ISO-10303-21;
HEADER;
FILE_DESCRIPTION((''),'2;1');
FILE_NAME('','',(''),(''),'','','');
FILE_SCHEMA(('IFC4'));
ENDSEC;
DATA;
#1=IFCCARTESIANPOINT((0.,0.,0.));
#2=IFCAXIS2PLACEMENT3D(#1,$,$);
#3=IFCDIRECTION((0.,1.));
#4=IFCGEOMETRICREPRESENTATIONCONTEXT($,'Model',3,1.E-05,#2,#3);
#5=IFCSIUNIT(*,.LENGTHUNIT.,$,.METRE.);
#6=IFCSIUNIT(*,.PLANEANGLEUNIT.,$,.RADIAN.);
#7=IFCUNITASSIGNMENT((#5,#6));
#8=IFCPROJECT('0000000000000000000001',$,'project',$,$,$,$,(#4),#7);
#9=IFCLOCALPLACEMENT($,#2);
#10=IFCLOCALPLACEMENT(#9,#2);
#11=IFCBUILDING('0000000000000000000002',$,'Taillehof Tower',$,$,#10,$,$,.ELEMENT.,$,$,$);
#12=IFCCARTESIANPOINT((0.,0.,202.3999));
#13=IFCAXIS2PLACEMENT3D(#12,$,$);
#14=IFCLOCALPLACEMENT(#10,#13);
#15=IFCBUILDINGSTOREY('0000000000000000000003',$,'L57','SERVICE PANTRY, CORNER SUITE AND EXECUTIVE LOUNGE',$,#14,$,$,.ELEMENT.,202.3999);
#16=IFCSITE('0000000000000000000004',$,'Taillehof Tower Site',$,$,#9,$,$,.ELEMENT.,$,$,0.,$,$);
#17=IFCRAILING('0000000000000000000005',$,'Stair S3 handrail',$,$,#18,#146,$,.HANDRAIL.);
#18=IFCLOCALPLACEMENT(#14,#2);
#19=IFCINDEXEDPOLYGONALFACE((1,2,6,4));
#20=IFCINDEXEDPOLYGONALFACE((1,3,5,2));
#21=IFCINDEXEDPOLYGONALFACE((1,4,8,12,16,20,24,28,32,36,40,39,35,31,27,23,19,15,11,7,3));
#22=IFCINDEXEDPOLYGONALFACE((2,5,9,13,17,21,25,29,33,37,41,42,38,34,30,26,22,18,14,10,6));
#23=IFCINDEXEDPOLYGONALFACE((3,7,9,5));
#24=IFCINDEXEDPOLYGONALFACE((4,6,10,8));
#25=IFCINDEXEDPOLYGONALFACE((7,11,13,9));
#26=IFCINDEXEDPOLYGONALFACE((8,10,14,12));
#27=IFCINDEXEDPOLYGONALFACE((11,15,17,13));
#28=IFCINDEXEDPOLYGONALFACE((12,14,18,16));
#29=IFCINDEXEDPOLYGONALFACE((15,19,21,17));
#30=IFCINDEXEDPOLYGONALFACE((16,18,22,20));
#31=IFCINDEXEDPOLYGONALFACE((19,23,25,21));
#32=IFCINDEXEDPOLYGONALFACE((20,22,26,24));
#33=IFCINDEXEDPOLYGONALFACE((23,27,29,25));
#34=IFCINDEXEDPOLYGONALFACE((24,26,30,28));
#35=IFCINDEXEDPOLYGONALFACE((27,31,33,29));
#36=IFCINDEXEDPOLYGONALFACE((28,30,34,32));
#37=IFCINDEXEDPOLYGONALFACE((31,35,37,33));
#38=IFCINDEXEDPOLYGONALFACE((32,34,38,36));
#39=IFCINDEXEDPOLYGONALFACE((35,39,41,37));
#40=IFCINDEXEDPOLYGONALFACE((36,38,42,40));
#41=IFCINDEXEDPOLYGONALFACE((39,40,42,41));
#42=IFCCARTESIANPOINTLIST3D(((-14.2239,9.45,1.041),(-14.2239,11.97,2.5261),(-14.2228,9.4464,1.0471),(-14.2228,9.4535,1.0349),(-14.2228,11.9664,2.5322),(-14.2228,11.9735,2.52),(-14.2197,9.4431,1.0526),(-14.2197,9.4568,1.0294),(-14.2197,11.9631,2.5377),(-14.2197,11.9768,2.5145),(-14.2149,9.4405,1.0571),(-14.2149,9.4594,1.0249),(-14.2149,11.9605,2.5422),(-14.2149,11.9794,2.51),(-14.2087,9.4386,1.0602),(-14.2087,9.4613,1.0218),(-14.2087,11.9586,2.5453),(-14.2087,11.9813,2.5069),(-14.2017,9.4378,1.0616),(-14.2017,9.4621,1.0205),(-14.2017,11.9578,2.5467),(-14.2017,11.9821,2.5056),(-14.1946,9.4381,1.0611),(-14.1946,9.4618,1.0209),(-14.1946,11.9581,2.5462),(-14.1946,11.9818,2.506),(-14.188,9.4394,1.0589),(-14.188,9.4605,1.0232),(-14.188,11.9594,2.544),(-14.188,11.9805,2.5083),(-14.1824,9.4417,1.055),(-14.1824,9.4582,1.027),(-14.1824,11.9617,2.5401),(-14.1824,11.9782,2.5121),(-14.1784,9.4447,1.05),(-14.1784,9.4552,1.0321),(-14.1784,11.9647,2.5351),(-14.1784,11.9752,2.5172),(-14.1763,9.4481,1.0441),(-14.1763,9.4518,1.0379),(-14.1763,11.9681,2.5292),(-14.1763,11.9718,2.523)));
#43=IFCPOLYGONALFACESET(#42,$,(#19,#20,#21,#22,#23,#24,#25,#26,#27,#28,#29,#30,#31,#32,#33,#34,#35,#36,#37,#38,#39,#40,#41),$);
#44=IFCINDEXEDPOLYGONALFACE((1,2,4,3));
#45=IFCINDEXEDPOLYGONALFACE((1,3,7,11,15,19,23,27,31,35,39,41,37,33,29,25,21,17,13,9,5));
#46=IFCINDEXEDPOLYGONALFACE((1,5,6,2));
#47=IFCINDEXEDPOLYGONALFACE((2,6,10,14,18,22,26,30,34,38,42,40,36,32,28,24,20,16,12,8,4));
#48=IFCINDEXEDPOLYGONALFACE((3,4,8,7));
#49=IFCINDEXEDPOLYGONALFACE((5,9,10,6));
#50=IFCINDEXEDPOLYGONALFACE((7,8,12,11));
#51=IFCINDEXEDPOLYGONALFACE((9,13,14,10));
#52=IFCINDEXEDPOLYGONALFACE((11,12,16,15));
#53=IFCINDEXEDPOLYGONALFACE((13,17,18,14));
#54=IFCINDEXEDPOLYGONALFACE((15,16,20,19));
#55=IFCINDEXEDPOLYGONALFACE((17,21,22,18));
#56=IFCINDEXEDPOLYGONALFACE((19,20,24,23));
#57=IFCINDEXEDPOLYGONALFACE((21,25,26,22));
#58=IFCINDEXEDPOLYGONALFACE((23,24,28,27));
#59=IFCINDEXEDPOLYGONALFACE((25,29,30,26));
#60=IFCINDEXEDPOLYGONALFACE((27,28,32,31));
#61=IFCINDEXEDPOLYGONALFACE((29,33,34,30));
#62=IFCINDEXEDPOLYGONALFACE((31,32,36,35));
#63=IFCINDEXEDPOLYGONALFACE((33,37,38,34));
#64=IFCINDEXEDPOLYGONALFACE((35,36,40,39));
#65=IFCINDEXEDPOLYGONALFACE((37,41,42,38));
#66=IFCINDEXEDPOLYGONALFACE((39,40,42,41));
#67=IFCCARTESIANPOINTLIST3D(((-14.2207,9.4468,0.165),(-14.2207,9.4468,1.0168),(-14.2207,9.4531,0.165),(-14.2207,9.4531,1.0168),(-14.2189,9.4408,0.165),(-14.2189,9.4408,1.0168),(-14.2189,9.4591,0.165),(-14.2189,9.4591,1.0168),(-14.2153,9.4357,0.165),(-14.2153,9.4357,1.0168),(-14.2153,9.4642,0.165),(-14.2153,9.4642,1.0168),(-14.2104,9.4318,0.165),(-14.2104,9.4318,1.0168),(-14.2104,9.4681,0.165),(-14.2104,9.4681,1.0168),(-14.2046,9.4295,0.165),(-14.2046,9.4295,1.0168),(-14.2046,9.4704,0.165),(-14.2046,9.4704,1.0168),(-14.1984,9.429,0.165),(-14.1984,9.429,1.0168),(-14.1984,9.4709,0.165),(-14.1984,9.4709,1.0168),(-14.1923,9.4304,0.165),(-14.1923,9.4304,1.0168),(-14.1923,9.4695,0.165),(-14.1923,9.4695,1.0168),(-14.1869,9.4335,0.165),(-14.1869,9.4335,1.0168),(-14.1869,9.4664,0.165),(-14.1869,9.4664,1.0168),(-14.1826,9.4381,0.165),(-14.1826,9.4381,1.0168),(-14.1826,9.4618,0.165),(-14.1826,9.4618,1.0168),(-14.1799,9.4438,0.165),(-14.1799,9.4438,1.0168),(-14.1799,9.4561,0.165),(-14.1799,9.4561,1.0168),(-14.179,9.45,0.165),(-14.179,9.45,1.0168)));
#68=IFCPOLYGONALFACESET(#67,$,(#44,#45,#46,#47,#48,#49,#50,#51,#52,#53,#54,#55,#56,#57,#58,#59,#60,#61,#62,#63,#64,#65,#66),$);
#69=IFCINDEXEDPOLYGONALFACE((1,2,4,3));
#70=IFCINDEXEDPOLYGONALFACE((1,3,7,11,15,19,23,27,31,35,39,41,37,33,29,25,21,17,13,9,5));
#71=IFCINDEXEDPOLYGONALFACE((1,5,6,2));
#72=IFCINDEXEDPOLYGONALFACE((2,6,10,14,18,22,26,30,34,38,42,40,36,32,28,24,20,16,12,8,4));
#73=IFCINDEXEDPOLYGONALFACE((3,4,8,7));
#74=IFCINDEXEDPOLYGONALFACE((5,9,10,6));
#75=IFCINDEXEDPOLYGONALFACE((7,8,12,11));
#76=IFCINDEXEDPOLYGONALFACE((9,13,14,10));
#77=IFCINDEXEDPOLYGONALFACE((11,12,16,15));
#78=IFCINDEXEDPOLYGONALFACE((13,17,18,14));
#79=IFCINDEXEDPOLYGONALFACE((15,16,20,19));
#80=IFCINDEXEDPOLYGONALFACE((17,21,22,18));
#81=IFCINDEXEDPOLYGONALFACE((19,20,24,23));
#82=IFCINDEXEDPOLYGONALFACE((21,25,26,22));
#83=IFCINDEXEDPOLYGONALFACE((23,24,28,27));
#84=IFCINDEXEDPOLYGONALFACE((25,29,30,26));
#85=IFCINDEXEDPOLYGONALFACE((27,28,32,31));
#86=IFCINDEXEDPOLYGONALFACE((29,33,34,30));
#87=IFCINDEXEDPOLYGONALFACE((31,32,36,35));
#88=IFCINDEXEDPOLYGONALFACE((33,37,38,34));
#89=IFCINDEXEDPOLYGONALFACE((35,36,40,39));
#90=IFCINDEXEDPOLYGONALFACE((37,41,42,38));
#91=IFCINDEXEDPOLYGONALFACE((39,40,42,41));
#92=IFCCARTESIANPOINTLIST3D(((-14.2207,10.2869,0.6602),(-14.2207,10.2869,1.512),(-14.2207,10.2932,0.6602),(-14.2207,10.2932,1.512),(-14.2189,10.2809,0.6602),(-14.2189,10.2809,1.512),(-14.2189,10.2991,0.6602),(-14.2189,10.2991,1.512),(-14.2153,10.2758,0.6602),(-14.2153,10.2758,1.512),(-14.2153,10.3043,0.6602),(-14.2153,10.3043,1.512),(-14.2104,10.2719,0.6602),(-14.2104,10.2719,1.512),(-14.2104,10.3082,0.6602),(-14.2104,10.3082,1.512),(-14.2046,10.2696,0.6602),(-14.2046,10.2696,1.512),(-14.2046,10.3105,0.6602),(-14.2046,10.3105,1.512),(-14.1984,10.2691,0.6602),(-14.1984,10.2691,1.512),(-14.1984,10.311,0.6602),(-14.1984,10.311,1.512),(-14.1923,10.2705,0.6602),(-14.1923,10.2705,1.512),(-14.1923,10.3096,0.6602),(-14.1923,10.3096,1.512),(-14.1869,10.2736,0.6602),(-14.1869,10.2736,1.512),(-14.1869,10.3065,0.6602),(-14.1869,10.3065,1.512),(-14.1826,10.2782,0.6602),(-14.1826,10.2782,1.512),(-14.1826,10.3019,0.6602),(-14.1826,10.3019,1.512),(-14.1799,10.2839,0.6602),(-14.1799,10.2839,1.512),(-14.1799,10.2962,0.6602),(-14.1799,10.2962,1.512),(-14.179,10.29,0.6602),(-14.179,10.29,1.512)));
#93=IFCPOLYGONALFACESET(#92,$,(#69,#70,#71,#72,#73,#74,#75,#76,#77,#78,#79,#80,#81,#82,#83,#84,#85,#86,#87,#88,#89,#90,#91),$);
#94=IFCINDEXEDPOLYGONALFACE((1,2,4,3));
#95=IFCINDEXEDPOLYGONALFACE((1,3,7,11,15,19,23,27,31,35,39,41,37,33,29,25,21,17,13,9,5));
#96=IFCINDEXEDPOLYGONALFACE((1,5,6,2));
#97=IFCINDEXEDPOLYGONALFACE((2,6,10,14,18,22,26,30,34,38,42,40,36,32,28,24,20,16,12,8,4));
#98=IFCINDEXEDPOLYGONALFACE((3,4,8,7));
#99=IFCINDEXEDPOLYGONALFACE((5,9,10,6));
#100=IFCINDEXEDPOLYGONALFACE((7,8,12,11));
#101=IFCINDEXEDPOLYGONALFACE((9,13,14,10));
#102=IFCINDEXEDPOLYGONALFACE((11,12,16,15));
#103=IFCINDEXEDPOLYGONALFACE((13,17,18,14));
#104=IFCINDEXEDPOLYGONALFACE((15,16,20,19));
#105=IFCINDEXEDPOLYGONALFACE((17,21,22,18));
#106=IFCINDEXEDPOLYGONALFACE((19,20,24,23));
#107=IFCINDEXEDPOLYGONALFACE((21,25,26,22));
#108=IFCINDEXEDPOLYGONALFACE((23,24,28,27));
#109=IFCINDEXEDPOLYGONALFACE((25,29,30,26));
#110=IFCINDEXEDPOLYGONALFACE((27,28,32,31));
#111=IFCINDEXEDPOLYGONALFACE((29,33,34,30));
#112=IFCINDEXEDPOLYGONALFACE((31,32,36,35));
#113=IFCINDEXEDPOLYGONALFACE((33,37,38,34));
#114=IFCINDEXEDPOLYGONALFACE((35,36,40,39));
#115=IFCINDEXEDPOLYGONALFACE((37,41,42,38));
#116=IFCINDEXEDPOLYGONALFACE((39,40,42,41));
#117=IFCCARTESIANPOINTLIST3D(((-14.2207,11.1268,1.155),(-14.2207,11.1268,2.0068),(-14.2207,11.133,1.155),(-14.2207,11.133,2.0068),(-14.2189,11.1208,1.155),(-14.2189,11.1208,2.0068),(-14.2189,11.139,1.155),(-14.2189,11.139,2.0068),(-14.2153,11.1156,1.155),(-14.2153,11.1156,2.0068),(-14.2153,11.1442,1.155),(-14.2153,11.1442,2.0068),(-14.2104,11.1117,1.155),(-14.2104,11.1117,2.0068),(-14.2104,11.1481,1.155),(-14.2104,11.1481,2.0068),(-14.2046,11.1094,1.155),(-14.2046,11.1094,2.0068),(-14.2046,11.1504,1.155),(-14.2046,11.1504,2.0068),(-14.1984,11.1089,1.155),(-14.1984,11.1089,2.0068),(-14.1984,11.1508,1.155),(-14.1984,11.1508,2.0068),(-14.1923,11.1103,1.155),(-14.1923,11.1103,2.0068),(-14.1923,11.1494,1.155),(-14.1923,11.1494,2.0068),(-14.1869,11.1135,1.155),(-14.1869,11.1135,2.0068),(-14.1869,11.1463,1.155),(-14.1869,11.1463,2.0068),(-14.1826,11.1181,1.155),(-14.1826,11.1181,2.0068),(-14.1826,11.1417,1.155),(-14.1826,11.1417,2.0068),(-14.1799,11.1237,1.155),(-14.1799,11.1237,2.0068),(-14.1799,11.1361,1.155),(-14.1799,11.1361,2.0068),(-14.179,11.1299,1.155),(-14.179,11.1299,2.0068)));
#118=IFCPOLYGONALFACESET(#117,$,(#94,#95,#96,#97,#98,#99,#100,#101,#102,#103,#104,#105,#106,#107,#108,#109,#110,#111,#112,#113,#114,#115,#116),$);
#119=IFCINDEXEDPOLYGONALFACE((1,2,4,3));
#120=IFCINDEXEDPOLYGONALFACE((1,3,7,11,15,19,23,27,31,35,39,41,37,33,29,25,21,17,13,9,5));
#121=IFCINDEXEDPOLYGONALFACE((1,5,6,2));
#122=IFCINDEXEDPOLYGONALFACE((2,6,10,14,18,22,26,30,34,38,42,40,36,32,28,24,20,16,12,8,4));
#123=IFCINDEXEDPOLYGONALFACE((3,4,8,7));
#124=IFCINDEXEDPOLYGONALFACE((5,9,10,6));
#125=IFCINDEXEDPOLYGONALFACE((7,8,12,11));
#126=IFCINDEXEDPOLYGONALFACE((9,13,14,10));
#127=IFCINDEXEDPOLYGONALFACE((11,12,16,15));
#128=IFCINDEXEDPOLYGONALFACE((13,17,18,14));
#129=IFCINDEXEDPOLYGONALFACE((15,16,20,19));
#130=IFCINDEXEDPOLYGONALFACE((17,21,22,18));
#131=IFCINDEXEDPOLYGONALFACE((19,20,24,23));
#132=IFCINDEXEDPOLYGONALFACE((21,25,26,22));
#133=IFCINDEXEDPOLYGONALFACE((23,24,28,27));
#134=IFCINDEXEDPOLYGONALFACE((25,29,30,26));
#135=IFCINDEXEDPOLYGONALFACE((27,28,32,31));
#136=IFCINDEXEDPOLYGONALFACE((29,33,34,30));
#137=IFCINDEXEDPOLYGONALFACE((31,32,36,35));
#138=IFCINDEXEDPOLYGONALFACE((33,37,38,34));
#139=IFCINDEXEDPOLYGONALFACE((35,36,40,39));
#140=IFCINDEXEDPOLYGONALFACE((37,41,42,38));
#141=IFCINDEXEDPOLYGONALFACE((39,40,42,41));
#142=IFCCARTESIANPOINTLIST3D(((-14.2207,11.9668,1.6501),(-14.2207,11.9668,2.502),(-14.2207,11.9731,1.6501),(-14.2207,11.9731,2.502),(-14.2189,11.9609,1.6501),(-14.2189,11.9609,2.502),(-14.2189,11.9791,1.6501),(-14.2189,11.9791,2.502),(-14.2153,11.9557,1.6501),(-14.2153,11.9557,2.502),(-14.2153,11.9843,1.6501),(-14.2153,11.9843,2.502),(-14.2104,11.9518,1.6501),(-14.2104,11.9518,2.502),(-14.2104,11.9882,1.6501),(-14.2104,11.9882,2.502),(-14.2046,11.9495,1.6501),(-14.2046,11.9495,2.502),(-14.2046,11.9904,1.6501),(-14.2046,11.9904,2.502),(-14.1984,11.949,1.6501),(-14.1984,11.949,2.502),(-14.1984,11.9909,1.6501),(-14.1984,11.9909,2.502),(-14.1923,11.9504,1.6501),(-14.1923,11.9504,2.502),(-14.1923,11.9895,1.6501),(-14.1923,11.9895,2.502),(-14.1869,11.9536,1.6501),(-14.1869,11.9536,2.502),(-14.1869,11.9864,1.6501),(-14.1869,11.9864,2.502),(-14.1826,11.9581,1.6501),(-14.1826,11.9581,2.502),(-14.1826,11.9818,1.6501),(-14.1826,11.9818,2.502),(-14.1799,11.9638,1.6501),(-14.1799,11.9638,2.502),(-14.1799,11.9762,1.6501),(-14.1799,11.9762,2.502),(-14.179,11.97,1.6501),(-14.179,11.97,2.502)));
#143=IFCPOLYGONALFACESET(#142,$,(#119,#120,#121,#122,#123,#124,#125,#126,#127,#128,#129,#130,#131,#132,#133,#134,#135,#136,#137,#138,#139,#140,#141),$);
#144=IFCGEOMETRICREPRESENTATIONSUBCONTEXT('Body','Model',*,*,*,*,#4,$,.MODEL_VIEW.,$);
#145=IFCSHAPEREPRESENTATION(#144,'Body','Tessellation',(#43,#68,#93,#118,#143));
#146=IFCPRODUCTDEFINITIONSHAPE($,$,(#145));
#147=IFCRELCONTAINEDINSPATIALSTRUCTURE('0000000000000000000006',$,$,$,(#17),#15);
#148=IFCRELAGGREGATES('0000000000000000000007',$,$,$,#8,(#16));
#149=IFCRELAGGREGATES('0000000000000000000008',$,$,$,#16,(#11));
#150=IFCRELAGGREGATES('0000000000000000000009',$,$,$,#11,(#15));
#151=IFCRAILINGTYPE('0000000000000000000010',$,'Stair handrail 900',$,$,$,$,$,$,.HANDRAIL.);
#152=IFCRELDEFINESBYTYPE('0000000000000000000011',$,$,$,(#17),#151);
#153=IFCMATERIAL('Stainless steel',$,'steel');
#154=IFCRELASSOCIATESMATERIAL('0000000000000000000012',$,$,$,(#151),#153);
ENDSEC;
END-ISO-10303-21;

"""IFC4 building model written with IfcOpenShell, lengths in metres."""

from ifc_helpers import new_model, si_unit, direction, frame, origin, origin_2d, place, context, subcontext, project, spatial, circle, extrude, material, type_object, element, save


model = new_model("IFC4")

# Units and contexts
model_context = context("Model", 3, precision=1e-05, world=origin(), true_north=direction((0.0, 1.0)))
body_context = subcontext(model_context, "Body", "Model", "MODEL_VIEW")
ifc_project = project(units=[si_unit("LENGTHUNIT", "METRE"), si_unit("PLANEANGLEUNIT", "RADIAN")], contexts=[model_context])

# Site, building, storey
site_placement = place(None, origin())
site = spatial("IfcSite", under=ifc_project, at=site_placement, Name="Taillehof Tower Site", CompositionType="ELEMENT", RefElevation=0.0)
building_placement = place(site_placement, origin())
building = spatial("IfcBuilding", under=site, at=building_placement, Name="Taillehof Tower", CompositionType="ELEMENT")
storey_placement = place(building_placement, frame((0.0, 0.0, 202.3999)))
storey = spatial("IfcBuildingStorey", under=building, at=storey_placement, Name="L57", Description="SERVICE PANTRY, CORNER SUITE AND EXECUTIVE LOUNGE", CompositionType="ELEMENT", Elevation=202.3999)

# Railing
ifc_material_1 = material(Name="Stainless steel", Category="steel")
railing_type_1 = type_object("IfcRailingType", Name="Stair handrail 900", PredefinedType="HANDRAIL", material=ifc_material_1)
railing_1_placement = place(storey_placement, frame((-14.2, 9.45, 0.165)))
element("IfcRailing", 1, at=railing_1_placement, inside=storey, type_object=railing_type_1, Name="Stair S3 handrail", PredefinedType="HANDRAIL", context=body_context, shape_type="SweptSolid", body=[
    extrude(circle(Radius=0.0239, at=origin_2d()), frame((0.0, 0.0, 0.876), z_axis=(0.0, 0.861524, 0.507717), x_axis=(-1.0, 0.0, 0.0)), (0.0, 0.0, 1.0), 2.925),
    extrude(circle(Radius=0.021, at=origin_2d()), origin(), (0.0, 0.0, 1.0), 0.8518),
    extrude(circle(Radius=0.021, at=origin_2d()), frame((0.0, 0.8401, 0.4951)), (0.0, 0.0, 1.0), 0.8518),
    extrude(circle(Radius=0.021, at=origin_2d()), frame((0.0, 1.6799, 0.99)), (0.0, 0.0, 1.0), 0.8518),
    extrude(circle(Radius=0.021, at=origin_2d()), frame((0.0, 2.52, 1.4851)), (0.0, 0.0, 1.0), 0.8518),
])

save(model, "model.ifc")
